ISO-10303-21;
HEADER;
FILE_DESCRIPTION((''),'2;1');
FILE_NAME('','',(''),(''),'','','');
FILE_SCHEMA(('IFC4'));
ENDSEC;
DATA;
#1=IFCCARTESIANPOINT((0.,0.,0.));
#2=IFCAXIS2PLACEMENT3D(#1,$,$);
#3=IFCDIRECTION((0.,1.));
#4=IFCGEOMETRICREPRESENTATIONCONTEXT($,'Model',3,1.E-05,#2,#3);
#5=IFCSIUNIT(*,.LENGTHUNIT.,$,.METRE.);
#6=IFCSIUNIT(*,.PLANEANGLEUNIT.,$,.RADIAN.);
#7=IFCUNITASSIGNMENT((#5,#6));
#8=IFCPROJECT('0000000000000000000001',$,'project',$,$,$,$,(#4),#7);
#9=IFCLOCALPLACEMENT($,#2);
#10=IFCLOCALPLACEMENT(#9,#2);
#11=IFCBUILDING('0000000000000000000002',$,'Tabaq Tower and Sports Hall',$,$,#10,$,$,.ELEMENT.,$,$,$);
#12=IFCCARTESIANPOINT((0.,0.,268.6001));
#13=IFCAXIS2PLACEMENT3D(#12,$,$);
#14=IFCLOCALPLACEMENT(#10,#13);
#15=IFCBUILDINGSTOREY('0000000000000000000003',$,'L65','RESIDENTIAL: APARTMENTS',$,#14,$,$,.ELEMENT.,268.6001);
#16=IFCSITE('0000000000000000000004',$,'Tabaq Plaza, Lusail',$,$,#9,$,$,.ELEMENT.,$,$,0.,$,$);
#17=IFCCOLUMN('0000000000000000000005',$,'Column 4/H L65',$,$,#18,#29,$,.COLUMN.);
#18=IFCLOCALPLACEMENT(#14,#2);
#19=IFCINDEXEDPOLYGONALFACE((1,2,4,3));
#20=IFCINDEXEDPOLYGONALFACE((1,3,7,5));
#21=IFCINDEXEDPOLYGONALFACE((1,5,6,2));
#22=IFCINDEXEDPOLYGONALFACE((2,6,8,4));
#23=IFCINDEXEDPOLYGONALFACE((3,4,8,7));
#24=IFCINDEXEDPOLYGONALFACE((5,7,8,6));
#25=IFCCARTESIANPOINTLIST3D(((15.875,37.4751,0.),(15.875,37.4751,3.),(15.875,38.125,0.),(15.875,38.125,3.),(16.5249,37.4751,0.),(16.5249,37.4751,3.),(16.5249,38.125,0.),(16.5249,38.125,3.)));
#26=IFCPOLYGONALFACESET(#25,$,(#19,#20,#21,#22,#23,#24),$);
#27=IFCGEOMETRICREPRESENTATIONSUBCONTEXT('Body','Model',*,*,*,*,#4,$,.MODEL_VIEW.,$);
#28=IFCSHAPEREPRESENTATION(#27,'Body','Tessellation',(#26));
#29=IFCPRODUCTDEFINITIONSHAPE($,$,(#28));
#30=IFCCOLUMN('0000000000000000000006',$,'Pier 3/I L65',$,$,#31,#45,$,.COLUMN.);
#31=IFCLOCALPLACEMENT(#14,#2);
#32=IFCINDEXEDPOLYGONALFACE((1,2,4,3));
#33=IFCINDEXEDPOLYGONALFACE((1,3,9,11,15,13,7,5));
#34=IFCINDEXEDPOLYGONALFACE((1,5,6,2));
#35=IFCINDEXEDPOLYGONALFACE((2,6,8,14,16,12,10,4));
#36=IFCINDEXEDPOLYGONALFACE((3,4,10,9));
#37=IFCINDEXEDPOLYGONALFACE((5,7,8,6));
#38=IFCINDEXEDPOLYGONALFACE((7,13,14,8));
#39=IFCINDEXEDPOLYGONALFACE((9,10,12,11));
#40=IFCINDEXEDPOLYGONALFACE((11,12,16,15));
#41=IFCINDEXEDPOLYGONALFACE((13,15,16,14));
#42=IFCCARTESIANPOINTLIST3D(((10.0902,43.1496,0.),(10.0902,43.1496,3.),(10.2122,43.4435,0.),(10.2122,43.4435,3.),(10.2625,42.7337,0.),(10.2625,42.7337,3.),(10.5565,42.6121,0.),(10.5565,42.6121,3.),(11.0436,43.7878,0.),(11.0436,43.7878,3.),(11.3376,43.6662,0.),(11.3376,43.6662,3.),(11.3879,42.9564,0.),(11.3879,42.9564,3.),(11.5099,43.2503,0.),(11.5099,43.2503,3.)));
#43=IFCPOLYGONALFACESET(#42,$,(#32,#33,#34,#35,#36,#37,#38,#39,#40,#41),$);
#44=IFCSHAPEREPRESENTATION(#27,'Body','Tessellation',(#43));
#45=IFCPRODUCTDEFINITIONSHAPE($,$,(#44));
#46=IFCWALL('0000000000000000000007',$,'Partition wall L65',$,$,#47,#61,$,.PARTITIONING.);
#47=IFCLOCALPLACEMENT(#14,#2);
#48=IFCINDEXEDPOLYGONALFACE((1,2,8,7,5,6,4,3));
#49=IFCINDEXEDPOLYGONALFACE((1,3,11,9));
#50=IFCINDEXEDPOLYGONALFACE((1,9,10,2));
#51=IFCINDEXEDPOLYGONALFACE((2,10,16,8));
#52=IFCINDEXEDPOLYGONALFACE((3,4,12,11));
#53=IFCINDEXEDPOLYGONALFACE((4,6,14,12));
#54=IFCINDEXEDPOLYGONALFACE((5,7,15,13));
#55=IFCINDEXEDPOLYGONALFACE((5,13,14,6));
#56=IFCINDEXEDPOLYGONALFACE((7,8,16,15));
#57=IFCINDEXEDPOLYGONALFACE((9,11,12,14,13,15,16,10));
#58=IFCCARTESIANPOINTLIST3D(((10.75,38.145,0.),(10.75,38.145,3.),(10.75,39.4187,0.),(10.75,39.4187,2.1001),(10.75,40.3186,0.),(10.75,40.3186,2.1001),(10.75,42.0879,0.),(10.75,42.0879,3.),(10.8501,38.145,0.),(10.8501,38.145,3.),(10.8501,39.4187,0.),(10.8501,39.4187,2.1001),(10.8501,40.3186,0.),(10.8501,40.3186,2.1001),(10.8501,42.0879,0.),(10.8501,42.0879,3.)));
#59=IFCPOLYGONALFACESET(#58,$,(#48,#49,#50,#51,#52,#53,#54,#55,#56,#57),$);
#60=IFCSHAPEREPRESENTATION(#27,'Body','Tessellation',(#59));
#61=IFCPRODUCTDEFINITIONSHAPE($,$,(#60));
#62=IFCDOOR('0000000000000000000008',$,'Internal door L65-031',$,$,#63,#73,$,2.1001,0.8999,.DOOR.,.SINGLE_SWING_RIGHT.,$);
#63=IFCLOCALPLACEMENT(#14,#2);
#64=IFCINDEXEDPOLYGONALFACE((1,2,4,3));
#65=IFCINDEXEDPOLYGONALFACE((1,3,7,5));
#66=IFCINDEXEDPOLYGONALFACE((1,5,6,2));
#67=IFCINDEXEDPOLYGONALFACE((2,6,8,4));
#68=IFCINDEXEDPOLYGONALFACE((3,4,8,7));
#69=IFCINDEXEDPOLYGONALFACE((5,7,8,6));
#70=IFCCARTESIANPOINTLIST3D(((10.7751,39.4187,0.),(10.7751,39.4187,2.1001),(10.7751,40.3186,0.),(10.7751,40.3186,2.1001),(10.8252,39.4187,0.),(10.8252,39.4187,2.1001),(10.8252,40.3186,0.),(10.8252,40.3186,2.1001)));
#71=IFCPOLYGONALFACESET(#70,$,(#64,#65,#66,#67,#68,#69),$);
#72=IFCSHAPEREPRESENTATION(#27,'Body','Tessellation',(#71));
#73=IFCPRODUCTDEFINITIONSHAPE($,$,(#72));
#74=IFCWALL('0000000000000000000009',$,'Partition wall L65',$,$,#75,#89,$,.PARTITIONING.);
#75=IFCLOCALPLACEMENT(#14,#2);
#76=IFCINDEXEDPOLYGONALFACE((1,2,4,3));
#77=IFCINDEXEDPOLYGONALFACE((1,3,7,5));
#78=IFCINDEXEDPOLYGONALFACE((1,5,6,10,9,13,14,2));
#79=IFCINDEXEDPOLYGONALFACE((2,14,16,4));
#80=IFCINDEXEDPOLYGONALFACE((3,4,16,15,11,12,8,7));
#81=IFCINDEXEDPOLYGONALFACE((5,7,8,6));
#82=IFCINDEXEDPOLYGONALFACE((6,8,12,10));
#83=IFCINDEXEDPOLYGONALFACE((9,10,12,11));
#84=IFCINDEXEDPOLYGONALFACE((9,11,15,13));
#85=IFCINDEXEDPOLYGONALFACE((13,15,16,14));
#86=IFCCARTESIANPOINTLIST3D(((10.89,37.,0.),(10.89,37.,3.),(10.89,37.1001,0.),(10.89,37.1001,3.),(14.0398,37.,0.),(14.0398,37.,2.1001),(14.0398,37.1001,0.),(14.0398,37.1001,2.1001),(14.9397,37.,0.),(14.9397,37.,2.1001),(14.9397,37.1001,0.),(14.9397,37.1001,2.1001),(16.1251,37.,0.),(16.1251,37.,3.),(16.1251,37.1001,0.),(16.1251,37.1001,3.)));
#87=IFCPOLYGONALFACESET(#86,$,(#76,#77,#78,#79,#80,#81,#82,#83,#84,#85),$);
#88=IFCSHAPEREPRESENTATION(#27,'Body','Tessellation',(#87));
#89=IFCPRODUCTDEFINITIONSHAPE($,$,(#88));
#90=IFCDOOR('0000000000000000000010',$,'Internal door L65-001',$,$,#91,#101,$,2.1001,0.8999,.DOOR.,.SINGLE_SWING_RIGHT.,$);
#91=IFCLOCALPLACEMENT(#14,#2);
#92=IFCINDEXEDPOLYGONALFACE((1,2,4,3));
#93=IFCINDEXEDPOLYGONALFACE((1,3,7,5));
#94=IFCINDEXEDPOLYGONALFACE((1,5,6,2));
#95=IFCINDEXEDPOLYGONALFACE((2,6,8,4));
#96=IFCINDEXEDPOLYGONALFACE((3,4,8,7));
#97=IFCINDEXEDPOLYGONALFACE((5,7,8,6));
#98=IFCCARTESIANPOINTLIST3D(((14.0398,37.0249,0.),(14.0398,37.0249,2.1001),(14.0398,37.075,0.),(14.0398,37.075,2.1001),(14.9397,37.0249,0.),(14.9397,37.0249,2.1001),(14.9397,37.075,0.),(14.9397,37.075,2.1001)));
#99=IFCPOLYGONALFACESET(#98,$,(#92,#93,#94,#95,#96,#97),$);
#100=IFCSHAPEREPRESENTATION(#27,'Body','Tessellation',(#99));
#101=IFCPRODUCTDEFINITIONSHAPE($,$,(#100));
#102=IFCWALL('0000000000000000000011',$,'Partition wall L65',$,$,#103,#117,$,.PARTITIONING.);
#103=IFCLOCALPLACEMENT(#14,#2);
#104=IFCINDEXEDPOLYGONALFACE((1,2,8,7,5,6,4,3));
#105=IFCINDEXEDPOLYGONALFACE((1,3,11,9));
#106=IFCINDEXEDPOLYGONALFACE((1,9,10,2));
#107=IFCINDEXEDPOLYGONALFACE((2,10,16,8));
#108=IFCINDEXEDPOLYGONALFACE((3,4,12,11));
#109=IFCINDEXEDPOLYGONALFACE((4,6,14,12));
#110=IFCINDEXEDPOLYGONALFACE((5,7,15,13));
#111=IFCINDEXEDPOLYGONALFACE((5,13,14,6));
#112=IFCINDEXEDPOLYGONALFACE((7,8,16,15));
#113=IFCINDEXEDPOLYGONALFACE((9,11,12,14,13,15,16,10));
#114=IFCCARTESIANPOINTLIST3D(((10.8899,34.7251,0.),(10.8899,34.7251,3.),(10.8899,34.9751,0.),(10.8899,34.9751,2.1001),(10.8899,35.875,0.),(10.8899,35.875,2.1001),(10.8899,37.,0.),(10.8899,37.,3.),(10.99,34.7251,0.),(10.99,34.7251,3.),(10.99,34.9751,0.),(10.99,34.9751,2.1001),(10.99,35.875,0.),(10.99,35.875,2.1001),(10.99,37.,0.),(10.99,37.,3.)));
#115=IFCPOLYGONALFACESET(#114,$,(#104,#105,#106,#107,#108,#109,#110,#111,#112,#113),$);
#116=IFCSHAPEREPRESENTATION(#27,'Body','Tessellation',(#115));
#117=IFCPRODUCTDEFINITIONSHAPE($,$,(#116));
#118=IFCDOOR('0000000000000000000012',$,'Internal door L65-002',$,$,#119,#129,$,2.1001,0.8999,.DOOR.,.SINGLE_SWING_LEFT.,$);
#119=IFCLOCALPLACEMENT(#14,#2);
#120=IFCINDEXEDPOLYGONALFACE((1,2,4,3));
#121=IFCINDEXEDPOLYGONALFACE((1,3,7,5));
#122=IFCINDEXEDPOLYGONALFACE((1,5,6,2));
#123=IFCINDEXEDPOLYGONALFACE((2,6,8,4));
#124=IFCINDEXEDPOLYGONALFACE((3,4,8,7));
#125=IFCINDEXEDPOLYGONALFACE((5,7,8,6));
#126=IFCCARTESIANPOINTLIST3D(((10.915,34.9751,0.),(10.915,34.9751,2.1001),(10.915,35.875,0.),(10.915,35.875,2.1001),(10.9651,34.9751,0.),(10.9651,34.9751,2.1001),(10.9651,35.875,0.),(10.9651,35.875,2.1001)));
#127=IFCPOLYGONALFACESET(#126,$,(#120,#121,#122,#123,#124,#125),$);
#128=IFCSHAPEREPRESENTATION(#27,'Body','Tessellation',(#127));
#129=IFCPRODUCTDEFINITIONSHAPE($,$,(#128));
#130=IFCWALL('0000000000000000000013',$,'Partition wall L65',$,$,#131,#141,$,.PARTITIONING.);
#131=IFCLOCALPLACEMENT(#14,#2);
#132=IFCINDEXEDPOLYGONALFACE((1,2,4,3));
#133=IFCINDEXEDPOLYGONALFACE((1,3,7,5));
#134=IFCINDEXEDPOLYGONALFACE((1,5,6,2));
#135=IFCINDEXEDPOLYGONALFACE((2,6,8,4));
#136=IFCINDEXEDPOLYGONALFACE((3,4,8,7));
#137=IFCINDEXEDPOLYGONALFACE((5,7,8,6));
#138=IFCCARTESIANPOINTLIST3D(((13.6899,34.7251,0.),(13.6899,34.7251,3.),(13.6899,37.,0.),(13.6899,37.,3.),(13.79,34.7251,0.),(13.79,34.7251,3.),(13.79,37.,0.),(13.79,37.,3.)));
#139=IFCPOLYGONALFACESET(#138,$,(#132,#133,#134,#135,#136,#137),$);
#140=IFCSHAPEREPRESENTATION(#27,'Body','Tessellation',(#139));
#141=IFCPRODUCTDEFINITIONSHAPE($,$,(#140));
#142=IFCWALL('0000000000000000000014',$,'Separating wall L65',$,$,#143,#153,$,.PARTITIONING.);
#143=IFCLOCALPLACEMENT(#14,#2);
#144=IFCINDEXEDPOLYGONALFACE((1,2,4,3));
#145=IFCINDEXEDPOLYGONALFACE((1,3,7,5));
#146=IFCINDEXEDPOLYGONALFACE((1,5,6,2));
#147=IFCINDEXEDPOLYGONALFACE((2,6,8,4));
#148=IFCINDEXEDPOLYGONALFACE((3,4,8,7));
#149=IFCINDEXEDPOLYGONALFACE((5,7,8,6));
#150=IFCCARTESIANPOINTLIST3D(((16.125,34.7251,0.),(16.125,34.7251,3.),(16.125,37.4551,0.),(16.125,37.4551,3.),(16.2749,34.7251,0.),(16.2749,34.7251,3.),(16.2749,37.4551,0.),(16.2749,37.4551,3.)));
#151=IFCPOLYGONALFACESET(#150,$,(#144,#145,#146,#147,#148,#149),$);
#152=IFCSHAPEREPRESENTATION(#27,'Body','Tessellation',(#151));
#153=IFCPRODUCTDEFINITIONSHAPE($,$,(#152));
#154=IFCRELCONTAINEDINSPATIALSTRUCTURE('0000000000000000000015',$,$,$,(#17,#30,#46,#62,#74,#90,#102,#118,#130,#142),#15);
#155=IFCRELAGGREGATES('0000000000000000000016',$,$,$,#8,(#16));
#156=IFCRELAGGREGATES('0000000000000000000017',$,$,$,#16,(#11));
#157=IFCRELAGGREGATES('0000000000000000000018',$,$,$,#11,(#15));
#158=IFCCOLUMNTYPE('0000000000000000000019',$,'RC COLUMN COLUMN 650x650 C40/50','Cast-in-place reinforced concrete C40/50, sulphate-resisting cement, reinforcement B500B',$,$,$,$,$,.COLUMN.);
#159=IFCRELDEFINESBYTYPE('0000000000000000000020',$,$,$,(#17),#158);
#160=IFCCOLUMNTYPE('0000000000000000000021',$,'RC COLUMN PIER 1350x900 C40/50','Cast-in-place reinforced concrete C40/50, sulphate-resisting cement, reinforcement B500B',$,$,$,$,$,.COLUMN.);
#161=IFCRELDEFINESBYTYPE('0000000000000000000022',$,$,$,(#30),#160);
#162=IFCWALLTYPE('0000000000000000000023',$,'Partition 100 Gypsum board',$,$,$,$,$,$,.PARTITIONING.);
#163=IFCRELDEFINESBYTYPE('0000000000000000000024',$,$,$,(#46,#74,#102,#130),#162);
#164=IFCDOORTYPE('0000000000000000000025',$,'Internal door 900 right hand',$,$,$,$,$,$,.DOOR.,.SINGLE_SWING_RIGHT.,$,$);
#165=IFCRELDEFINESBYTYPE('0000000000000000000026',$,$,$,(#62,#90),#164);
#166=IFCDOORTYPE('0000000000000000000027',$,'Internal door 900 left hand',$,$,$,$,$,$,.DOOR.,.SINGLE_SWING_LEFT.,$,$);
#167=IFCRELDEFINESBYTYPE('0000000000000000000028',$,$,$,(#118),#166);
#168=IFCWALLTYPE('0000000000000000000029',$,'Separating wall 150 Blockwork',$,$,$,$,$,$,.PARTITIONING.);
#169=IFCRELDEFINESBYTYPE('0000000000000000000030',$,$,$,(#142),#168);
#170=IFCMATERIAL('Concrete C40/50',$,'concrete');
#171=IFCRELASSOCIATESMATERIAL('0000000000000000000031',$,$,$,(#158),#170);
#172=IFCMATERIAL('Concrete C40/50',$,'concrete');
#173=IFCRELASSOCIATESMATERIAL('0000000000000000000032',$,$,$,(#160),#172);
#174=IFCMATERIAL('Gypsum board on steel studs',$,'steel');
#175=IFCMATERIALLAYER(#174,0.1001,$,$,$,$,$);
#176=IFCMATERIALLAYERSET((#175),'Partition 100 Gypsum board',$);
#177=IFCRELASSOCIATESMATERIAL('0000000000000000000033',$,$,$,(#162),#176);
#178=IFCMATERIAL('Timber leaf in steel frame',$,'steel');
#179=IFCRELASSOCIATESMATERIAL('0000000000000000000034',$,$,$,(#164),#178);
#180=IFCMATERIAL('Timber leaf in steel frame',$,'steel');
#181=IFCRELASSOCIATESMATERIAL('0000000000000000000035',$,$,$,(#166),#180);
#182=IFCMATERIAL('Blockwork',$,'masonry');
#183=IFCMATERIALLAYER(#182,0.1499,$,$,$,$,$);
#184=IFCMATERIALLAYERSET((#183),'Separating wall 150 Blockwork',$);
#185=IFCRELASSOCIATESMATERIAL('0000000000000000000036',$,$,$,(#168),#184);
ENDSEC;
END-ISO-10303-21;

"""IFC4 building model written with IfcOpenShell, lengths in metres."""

from ifc_helpers import new_model, si_unit, direction, frame, frame_2d, origin, origin_2d, place, context, subcontext, project, spatial, polyline, rectangle, outline, extrude, material, layer, layer_set, material_profile, profile_set, type_object, element, fill, save


model = new_model("IFC4")

# Units and contexts
model_context = context("Model", 3, precision=1e-05, world=origin(), true_north=direction((0.0, 1.0)))
body_context = subcontext(model_context, "Body", "Model", "MODEL_VIEW")
ifc_project = project(units=[si_unit("LENGTHUNIT", "METRE"), si_unit("PLANEANGLEUNIT", "RADIAN")], contexts=[model_context])

# Site, building, storey
site_placement = place(None, origin())
site = spatial("IfcSite", under=ifc_project, at=site_placement, Name="Tabaq Plaza, Lusail", CompositionType="ELEMENT", RefElevation=0.0)
building_placement = place(site_placement, origin())
building = spatial("IfcBuilding", under=site, at=building_placement, Name="Tabaq Tower and Sports Hall", CompositionType="ELEMENT")
storey_placement = place(building_placement, frame((0.0, 0.0, 268.6001)))
storey = spatial("IfcBuildingStorey", under=building, at=storey_placement, Name="L65", Description="RESIDENTIAL: APARTMENTS", CompositionType="ELEMENT", Elevation=268.6001)

# Columns
ifc_material_1 = material(Name="Concrete C40/50", Category="concrete")
ifc_material_profile_1 = material_profile(ifc_material_1, rectangle(XDim=0.6499, YDim=0.6499, at=origin_2d()), Name="COLUMN 650x650")
ifc_profile_set_1 = profile_set([ifc_material_profile_1], Name="Concrete C40/50")
column_type_1 = type_object("IfcColumnType", Name="RC COLUMN COLUMN 650x650 C40/50", Description="Cast-in-place reinforced concrete C40/50, sulphate-resisting cement, reinforcement B500B", PredefinedType="COLUMN", material=ifc_profile_set_1)
column_1_placement = place(storey_placement, frame((16.2, 37.8, 0.0), z_axis=(0.0, 0.0, 1.0), x_axis=(1.0, 0.0, 0.0)))
element("IfcColumn", 1, at=column_1_placement, inside=storey, type_object=column_type_1, Name="Column 4/H L65", PredefinedType="COLUMN", context=body_context, shape_type="SweptSolid", body=[
    extrude(rectangle(XDim=0.6499, YDim=0.6499, at=origin_2d()), origin(), (0.0, 0.0, 1.0), 3.0),
])
ifc_material_2 = material(Name="Concrete C40/50", Category="concrete")
ifc_material_profile_2 = material_profile(ifc_material_2, outline(polyline([(-0.45, -0.45), (0.45, -0.45), (0.675, -0.2251), (0.675, 0.2251), (0.45, 0.45), (-0.45, 0.45), (-0.675, 0.2251), (-0.675, -0.2251), (-0.45, -0.45)])), Name="PIER 1350x900")
ifc_profile_set_2 = profile_set([ifc_material_profile_2], Name="Concrete C40/50")
column_type_2 = type_object("IfcColumnType", Name="RC COLUMN PIER 1350x900 C40/50", Description="Cast-in-place reinforced concrete C40/50, sulphate-resisting cement, reinforcement B500B", PredefinedType="COLUMN", material=ifc_profile_set_2)
column_2_placement = place(storey_placement, frame((10.8, 43.2, 0.0), z_axis=(0.0, 0.0, 1.0), x_axis=(0.92388, 0.382683, 0.0)))
element("IfcColumn", 2, at=column_2_placement, inside=storey, type_object=column_type_2, Name="Pier 3/I L65", PredefinedType="COLUMN", context=body_context, shape_type="SweptSolid", body=[
    extrude(outline(polyline([(-0.45, -0.45), (0.45, -0.45), (0.675, -0.2251), (0.675, 0.2251), (0.45, 0.45), (-0.45, 0.45), (-0.675, 0.2251), (-0.675, -0.2251), (-0.45, -0.45)])), origin(), (0.0, 0.0, 1.0), 3.0),
])

# Walls, openings, doors
ifc_material_3 = material(Name="Gypsum board on steel studs", Category="steel")
ifc_layer_1 = layer(ifc_material_3, 0.1001)
ifc_layer_set_1 = layer_set([ifc_layer_1], Name="Partition 100 Gypsum board")
wall_type_1 = type_object("IfcWallType", Name="Partition 100 Gypsum board", PredefinedType="PARTITIONING", material=ifc_layer_set_1)
wall_1_placement = place(storey_placement, frame((10.8, 38.145, 0.0), z_axis=(0.0, 0.0, 1.0), x_axis=(0.0, 1.0, 0.0)))
wall_1 = element("IfcWall", 3, at=wall_1_placement, inside=storey, type_object=wall_type_1, Name="Partition wall L65", PredefinedType="PARTITIONING", context=body_context, shape_type="SweptSolid", body=[
    extrude(rectangle(XDim=3.9429, YDim=0.1001, at=frame_2d((1.9714, 0.0))), origin(), (0.0, 0.0, 1.0), 3.0),
])
opening_1_placement = place(wall_1_placement, frame((1.2737, 0.0, 0.0)))
opening_1 = element("IfcOpeningElement", 4, at=opening_1_placement, cuts=wall_1, PredefinedType="OPENING", context=body_context, shape_type="SweptSolid", body=[
    extrude(rectangle(XDim=0.8999, YDim=2.1001, at=frame_2d((0.45, 1.05))), frame((0.0, 0.05, 0.0), z_axis=(0.0, -1.0, 0.0), x_axis=(1.0, 0.0, 0.0)), (0.0, 0.0, 1.0), 0.1001),
])
ifc_material_4 = material(Name="Timber leaf in steel frame", Category="steel")
door_type_1 = type_object("IfcDoorType", Name="Internal door 900 right hand", OperationType="SINGLE_SWING_RIGHT", PredefinedType="DOOR", material=ifc_material_4)
door_1_placement = place(opening_1_placement, origin())
door_1 = element("IfcDoor", 5, at=door_1_placement, inside=storey, type_object=door_type_1, Name="Internal door L65-031", OperationType="SINGLE_SWING_RIGHT", OverallHeight=2.1001, OverallWidth=0.8999, PredefinedType="DOOR", context=body_context, shape_type="SweptSolid", body=[
    extrude(rectangle(XDim=0.8999, YDim=2.1001, at=frame_2d((0.45, 1.05))), frame((0.0, 0.0249, 0.0), z_axis=(0.0, -1.0, 0.0), x_axis=(1.0, 0.0, 0.0)), (0.0, 0.0, 1.0), 0.05),
])
fill(opening_1, door_1)
wall_2_placement = place(storey_placement, frame((10.8899, 37.05, 0.0), z_axis=(0.0, 0.0, 1.0), x_axis=(1.0, 0.0, 0.0)))
wall_2 = element("IfcWall", 6, at=wall_2_placement, inside=storey, type_object=wall_type_1, Name="Partition wall L65", PredefinedType="PARTITIONING", context=body_context, shape_type="SweptSolid", body=[
    extrude(rectangle(XDim=5.2351, YDim=0.1001, at=frame_2d((2.6177, 0.0))), origin(), (0.0, 0.0, 1.0), 3.0),
])
opening_2_placement = place(wall_2_placement, frame((3.1499, 0.0, 0.0)))
opening_2 = element("IfcOpeningElement", 7, at=opening_2_placement, cuts=wall_2, PredefinedType="OPENING", context=body_context, shape_type="SweptSolid", body=[
    extrude(rectangle(XDim=0.8999, YDim=2.1001, at=frame_2d((0.45, 1.05))), frame((0.0, 0.05, 0.0), z_axis=(0.0, -1.0, 0.0), x_axis=(1.0, 0.0, 0.0)), (0.0, 0.0, 1.0), 0.1001),
])
door_2_placement = place(opening_2_placement, origin())
door_2 = element("IfcDoor", 8, at=door_2_placement, inside=storey, type_object=door_type_1, Name="Internal door L65-001", OperationType="SINGLE_SWING_RIGHT", OverallHeight=2.1001, OverallWidth=0.8999, PredefinedType="DOOR", context=body_context, shape_type="SweptSolid", body=[
    extrude(rectangle(XDim=0.8999, YDim=2.1001, at=frame_2d((0.45, 1.05))), frame((0.0, 0.0249, 0.0), z_axis=(0.0, -1.0, 0.0), x_axis=(1.0, 0.0, 0.0)), (0.0, 0.0, 1.0), 0.05),
])
fill(opening_2, door_2)
wall_3_placement = place(storey_placement, frame((10.9399, 34.7251, 0.0), z_axis=(0.0, 0.0, 1.0), x_axis=(0.0, 1.0, 0.0)))
wall_3 = element("IfcWall", 9, at=wall_3_placement, inside=storey, type_object=wall_type_1, Name="Partition wall L65", PredefinedType="PARTITIONING", context=body_context, shape_type="SweptSolid", body=[
    extrude(rectangle(XDim=2.2749, YDim=0.1001, at=frame_2d((1.1375, 0.0))), origin(), (0.0, 0.0, 1.0), 3.0),
])
opening_3_placement = place(wall_3_placement, frame((0.25, 0.0, 0.0)))
opening_3 = element("IfcOpeningElement", 10, at=opening_3_placement, cuts=wall_3, PredefinedType="OPENING", context=body_context, shape_type="SweptSolid", body=[
    extrude(rectangle(XDim=0.8999, YDim=2.1001, at=frame_2d((0.45, 1.05))), frame((0.0, 0.05, 0.0), z_axis=(0.0, -1.0, 0.0), x_axis=(1.0, 0.0, 0.0)), (0.0, 0.0, 1.0), 0.1001),
])
ifc_material_5 = material(Name="Timber leaf in steel frame", Category="steel")
door_type_2 = type_object("IfcDoorType", Name="Internal door 900 left hand", OperationType="SINGLE_SWING_LEFT", PredefinedType="DOOR", material=ifc_material_5)
door_3_placement = place(opening_3_placement, origin())
door_3 = element("IfcDoor", 11, at=door_3_placement, inside=storey, type_object=door_type_2, Name="Internal door L65-002", OperationType="SINGLE_SWING_LEFT", OverallHeight=2.1001, OverallWidth=0.8999, PredefinedType="DOOR", context=body_context, shape_type="SweptSolid", body=[
    extrude(rectangle(XDim=0.8999, YDim=2.1001, at=frame_2d((0.45, 1.05))), frame((0.0, 0.0249, 0.0), z_axis=(0.0, -1.0, 0.0), x_axis=(1.0, 0.0, 0.0)), (0.0, 0.0, 1.0), 0.05),
])
fill(opening_3, door_3)

# Walls
wall_4_placement = place(storey_placement, frame((13.74, 34.7251, 0.0), z_axis=(0.0, 0.0, 1.0), x_axis=(0.0, 1.0, 0.0)))
element("IfcWall", 12, at=wall_4_placement, inside=storey, type_object=wall_type_1, Name="Partition wall L65", PredefinedType="PARTITIONING", context=body_context, shape_type="SweptSolid", body=[
    extrude(rectangle(XDim=2.2749, YDim=0.1001, at=frame_2d((1.1375, 0.0))), origin(), (0.0, 0.0, 1.0), 3.0),
])
ifc_material_6 = material(Name="Blockwork", Category="masonry")
ifc_layer_2 = layer(ifc_material_6, 0.1499)
ifc_layer_set_2 = layer_set([ifc_layer_2], Name="Separating wall 150 Blockwork")
wall_type_2 = type_object("IfcWallType", Name="Separating wall 150 Blockwork", PredefinedType="PARTITIONING", material=ifc_layer_set_2)
wall_5_placement = place(storey_placement, frame((16.2, 34.7251, 0.0), z_axis=(0.0, 0.0, 1.0), x_axis=(0.0, 1.0, 0.0)))
element("IfcWall", 13, at=wall_5_placement, inside=storey, type_object=wall_type_2, Name="Separating wall L65", PredefinedType="PARTITIONING", context=body_context, shape_type="SweptSolid", body=[
    extrude(rectangle(XDim=2.73, YDim=0.1499, at=frame_2d((1.365, 0.0))), origin(), (0.0, 0.0, 1.0), 3.0),
])

save(model, "model.ifc")
